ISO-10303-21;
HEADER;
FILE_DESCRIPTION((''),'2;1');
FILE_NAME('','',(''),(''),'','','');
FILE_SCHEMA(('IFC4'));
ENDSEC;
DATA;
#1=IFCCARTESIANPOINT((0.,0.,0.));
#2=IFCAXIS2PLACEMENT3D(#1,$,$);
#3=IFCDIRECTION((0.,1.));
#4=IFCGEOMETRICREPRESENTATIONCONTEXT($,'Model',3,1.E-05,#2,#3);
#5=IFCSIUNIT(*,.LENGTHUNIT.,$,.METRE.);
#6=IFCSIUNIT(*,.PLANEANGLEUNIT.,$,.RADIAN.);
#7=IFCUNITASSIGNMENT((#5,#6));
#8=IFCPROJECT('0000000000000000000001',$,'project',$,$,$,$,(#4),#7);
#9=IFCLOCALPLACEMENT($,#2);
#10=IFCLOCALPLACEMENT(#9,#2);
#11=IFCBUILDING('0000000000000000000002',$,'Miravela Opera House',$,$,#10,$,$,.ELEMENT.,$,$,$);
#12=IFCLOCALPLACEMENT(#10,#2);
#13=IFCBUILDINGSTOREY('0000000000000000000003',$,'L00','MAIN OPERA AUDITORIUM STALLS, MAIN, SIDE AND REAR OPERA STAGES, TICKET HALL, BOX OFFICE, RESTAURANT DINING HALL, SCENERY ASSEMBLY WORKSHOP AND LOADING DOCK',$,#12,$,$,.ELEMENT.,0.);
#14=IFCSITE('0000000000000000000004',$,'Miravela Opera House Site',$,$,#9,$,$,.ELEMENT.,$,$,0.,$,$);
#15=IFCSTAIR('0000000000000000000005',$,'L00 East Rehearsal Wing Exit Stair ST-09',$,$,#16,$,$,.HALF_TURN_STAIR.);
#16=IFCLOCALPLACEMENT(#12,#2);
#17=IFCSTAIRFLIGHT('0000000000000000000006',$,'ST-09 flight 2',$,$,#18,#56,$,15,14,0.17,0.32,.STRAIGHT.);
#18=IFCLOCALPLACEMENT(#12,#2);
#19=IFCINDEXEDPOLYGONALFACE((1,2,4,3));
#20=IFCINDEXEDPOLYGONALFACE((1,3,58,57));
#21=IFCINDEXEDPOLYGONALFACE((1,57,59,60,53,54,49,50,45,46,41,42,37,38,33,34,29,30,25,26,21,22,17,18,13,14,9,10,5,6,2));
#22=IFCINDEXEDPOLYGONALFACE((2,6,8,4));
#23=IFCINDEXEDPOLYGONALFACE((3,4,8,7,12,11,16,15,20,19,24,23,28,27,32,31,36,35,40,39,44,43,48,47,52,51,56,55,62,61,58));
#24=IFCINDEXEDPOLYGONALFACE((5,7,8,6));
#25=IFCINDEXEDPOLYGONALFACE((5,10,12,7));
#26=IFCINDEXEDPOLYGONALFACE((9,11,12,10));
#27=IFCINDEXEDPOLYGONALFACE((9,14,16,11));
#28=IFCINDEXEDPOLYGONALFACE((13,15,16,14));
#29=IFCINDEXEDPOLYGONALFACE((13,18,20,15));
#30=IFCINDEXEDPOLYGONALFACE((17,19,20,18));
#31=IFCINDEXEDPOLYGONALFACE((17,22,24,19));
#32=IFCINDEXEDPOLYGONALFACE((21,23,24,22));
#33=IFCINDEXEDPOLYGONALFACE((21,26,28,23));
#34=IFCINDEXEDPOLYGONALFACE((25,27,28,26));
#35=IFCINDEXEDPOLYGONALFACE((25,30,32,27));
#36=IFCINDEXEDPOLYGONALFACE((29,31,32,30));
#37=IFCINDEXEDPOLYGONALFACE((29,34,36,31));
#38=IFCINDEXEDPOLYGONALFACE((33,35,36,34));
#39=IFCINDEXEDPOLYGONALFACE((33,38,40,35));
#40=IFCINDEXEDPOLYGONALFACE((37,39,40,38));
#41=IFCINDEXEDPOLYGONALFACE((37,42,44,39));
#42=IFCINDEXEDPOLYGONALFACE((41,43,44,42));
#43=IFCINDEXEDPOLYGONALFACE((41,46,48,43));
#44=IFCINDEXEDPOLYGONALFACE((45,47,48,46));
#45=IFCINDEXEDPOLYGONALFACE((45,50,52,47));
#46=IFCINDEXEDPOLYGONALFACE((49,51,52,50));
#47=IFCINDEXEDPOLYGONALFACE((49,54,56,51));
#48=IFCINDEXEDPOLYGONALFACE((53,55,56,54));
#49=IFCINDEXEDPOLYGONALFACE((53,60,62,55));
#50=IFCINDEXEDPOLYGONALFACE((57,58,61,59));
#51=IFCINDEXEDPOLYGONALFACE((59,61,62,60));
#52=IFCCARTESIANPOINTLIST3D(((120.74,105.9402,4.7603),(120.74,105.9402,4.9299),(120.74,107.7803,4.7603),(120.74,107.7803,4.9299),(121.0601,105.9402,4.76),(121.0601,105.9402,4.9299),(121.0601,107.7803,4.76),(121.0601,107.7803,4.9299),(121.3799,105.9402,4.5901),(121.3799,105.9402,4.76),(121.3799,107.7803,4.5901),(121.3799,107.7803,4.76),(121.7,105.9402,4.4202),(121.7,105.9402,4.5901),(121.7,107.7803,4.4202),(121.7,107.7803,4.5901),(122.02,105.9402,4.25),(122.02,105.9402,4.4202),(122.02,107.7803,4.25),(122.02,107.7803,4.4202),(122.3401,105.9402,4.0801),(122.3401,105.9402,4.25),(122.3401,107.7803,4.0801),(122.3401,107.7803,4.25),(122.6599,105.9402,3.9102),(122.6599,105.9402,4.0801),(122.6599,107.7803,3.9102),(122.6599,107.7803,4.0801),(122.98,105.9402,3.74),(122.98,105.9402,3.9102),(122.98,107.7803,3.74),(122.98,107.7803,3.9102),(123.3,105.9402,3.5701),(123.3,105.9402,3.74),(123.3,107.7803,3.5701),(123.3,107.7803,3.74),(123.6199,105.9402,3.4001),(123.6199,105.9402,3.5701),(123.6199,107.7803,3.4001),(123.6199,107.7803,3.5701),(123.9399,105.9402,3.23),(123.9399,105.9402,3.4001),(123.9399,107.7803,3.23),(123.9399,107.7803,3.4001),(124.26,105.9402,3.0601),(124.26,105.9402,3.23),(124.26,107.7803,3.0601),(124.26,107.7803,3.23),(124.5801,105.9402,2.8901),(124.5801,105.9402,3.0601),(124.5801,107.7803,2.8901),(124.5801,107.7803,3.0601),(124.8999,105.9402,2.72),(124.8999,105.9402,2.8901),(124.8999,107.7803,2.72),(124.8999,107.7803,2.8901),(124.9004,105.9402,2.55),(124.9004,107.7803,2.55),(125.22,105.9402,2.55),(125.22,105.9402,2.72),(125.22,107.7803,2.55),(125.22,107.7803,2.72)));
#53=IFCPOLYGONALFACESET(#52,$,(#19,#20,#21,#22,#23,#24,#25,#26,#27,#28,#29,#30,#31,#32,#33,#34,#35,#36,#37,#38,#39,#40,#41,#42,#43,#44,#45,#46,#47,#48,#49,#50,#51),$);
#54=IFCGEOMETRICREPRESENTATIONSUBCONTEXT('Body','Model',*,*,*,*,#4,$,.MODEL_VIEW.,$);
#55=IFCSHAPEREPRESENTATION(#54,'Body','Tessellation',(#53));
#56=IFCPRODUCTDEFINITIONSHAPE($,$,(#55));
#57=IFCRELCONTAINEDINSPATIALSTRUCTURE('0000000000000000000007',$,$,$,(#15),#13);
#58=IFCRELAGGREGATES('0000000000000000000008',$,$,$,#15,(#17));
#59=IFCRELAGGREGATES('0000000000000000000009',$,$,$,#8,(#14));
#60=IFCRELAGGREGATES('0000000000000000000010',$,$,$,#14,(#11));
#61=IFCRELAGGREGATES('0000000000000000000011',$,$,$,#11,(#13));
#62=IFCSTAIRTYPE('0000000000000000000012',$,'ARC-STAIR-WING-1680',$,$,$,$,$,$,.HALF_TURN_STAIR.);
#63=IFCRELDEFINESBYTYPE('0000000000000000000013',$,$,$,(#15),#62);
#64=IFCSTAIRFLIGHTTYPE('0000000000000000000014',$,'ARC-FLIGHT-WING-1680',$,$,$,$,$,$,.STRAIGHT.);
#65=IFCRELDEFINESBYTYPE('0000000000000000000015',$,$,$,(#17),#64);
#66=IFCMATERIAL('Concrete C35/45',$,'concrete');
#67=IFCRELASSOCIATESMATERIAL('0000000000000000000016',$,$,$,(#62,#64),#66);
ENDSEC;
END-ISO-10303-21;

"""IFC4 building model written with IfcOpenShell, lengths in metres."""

from ifc_helpers import new_model, si_unit, direction, frame, origin, place, context, subcontext, project, spatial, polyline, outline, extrude, material, type_object, element, aggregate, save


model = new_model("IFC4")

# Units and contexts
model_context = context("Model", 3, precision=1e-05, world=origin(), true_north=direction((0.0, 1.0)))
body_context = subcontext(model_context, "Body", "Model", "MODEL_VIEW")
ifc_project = project(units=[si_unit("LENGTHUNIT", "METRE"), si_unit("PLANEANGLEUNIT", "RADIAN")], contexts=[model_context])

# Site, building, storey
site_placement = place(None, origin())
site = spatial("IfcSite", under=ifc_project, at=site_placement, Name="Miravela Opera House Site", CompositionType="ELEMENT", RefElevation=0.0)
building_placement = place(site_placement, origin())
building = spatial("IfcBuilding", under=site, at=building_placement, Name="Miravela Opera House", CompositionType="ELEMENT")
storey_placement = place(building_placement, origin())
storey = spatial("IfcBuildingStorey", under=building, at=storey_placement, Name="L00", Description="MAIN OPERA AUDITORIUM STALLS, MAIN, SIDE AND REAR OPERA STAGES, TICKET HALL, BOX OFFICE, RESTAURANT DINING HALL, SCENERY ASSEMBLY WORKSHOP AND LOADING DOCK", CompositionType="ELEMENT", Elevation=0.0)

# Stair, stair flight
ifc_material_1 = material(Name="Concrete C35/45", Category="concrete")
stair_type = type_object("IfcStairType", Name="ARC-STAIR-WING-1680", PredefinedType="HALF_TURN_STAIR", material=ifc_material_1)
stair_placement = place(storey_placement, origin())
stair = element("IfcStair", 1, at=stair_placement, inside=storey, type_object=stair_type, Name="L00 East Rehearsal Wing Exit Stair ST-09", PredefinedType="HALF_TURN_STAIR")
stair_flight_type = type_object("IfcStairFlightType", Name="ARC-FLIGHT-WING-1680", PredefinedType="STRAIGHT", material=ifc_material_1)
stair_flight_placement = place(storey_placement, frame((125.22, 106.8601, 2.55), z_axis=(0.0, 0.0, 1.0), x_axis=(-1.0, 0.0, 0.0)))
stair_flight = element("IfcStairFlight", 2, at=stair_flight_placement, type_object=stair_flight_type, Name="ST-09 flight 2", NumberOfRisers=15, NumberOfTreads=14, PredefinedType="STRAIGHT", RiserHeight=0.17, TreadLength=0.32, context=body_context, shape_type="SweptSolid", body=[
    extrude(outline(polyline([(0.0, 0.0), (0.0, 0.1699), (0.3201, 0.1699), (0.3201, 0.3401), (0.6399, 0.3401), (0.6399, 0.51), (0.96, 0.51), (0.96, 0.6799), (1.28, 0.6799), (1.28, 0.8501), (1.6001, 0.8501), (1.6001, 1.02), (1.9199, 1.02), (1.9199, 1.1899), (2.24, 1.1899), (2.24, 1.3601), (2.5601, 1.3601), (2.5601, 1.53), (2.8799, 1.53), (2.8799, 1.7), (3.2, 1.7), (3.2, 1.8701), (3.52, 1.8701), (3.52, 2.04), (3.8401, 2.04), (3.8401, 2.21), (4.1599, 2.21), (4.1599, 2.3799), (4.48, 2.3799), (4.48, 2.55), (4.48, 2.2102), (0.3196, 0.0), (0.0, 0.0)])), frame((0.0, 0.9199, 0.0), z_axis=(0.0, -1.0, 0.0), x_axis=(1.0, 0.0, 0.0)), (0.0, 0.0, 1.0), 1.8401),
])
aggregate(stair, [stair_flight])

save(model, "model.ifc")
